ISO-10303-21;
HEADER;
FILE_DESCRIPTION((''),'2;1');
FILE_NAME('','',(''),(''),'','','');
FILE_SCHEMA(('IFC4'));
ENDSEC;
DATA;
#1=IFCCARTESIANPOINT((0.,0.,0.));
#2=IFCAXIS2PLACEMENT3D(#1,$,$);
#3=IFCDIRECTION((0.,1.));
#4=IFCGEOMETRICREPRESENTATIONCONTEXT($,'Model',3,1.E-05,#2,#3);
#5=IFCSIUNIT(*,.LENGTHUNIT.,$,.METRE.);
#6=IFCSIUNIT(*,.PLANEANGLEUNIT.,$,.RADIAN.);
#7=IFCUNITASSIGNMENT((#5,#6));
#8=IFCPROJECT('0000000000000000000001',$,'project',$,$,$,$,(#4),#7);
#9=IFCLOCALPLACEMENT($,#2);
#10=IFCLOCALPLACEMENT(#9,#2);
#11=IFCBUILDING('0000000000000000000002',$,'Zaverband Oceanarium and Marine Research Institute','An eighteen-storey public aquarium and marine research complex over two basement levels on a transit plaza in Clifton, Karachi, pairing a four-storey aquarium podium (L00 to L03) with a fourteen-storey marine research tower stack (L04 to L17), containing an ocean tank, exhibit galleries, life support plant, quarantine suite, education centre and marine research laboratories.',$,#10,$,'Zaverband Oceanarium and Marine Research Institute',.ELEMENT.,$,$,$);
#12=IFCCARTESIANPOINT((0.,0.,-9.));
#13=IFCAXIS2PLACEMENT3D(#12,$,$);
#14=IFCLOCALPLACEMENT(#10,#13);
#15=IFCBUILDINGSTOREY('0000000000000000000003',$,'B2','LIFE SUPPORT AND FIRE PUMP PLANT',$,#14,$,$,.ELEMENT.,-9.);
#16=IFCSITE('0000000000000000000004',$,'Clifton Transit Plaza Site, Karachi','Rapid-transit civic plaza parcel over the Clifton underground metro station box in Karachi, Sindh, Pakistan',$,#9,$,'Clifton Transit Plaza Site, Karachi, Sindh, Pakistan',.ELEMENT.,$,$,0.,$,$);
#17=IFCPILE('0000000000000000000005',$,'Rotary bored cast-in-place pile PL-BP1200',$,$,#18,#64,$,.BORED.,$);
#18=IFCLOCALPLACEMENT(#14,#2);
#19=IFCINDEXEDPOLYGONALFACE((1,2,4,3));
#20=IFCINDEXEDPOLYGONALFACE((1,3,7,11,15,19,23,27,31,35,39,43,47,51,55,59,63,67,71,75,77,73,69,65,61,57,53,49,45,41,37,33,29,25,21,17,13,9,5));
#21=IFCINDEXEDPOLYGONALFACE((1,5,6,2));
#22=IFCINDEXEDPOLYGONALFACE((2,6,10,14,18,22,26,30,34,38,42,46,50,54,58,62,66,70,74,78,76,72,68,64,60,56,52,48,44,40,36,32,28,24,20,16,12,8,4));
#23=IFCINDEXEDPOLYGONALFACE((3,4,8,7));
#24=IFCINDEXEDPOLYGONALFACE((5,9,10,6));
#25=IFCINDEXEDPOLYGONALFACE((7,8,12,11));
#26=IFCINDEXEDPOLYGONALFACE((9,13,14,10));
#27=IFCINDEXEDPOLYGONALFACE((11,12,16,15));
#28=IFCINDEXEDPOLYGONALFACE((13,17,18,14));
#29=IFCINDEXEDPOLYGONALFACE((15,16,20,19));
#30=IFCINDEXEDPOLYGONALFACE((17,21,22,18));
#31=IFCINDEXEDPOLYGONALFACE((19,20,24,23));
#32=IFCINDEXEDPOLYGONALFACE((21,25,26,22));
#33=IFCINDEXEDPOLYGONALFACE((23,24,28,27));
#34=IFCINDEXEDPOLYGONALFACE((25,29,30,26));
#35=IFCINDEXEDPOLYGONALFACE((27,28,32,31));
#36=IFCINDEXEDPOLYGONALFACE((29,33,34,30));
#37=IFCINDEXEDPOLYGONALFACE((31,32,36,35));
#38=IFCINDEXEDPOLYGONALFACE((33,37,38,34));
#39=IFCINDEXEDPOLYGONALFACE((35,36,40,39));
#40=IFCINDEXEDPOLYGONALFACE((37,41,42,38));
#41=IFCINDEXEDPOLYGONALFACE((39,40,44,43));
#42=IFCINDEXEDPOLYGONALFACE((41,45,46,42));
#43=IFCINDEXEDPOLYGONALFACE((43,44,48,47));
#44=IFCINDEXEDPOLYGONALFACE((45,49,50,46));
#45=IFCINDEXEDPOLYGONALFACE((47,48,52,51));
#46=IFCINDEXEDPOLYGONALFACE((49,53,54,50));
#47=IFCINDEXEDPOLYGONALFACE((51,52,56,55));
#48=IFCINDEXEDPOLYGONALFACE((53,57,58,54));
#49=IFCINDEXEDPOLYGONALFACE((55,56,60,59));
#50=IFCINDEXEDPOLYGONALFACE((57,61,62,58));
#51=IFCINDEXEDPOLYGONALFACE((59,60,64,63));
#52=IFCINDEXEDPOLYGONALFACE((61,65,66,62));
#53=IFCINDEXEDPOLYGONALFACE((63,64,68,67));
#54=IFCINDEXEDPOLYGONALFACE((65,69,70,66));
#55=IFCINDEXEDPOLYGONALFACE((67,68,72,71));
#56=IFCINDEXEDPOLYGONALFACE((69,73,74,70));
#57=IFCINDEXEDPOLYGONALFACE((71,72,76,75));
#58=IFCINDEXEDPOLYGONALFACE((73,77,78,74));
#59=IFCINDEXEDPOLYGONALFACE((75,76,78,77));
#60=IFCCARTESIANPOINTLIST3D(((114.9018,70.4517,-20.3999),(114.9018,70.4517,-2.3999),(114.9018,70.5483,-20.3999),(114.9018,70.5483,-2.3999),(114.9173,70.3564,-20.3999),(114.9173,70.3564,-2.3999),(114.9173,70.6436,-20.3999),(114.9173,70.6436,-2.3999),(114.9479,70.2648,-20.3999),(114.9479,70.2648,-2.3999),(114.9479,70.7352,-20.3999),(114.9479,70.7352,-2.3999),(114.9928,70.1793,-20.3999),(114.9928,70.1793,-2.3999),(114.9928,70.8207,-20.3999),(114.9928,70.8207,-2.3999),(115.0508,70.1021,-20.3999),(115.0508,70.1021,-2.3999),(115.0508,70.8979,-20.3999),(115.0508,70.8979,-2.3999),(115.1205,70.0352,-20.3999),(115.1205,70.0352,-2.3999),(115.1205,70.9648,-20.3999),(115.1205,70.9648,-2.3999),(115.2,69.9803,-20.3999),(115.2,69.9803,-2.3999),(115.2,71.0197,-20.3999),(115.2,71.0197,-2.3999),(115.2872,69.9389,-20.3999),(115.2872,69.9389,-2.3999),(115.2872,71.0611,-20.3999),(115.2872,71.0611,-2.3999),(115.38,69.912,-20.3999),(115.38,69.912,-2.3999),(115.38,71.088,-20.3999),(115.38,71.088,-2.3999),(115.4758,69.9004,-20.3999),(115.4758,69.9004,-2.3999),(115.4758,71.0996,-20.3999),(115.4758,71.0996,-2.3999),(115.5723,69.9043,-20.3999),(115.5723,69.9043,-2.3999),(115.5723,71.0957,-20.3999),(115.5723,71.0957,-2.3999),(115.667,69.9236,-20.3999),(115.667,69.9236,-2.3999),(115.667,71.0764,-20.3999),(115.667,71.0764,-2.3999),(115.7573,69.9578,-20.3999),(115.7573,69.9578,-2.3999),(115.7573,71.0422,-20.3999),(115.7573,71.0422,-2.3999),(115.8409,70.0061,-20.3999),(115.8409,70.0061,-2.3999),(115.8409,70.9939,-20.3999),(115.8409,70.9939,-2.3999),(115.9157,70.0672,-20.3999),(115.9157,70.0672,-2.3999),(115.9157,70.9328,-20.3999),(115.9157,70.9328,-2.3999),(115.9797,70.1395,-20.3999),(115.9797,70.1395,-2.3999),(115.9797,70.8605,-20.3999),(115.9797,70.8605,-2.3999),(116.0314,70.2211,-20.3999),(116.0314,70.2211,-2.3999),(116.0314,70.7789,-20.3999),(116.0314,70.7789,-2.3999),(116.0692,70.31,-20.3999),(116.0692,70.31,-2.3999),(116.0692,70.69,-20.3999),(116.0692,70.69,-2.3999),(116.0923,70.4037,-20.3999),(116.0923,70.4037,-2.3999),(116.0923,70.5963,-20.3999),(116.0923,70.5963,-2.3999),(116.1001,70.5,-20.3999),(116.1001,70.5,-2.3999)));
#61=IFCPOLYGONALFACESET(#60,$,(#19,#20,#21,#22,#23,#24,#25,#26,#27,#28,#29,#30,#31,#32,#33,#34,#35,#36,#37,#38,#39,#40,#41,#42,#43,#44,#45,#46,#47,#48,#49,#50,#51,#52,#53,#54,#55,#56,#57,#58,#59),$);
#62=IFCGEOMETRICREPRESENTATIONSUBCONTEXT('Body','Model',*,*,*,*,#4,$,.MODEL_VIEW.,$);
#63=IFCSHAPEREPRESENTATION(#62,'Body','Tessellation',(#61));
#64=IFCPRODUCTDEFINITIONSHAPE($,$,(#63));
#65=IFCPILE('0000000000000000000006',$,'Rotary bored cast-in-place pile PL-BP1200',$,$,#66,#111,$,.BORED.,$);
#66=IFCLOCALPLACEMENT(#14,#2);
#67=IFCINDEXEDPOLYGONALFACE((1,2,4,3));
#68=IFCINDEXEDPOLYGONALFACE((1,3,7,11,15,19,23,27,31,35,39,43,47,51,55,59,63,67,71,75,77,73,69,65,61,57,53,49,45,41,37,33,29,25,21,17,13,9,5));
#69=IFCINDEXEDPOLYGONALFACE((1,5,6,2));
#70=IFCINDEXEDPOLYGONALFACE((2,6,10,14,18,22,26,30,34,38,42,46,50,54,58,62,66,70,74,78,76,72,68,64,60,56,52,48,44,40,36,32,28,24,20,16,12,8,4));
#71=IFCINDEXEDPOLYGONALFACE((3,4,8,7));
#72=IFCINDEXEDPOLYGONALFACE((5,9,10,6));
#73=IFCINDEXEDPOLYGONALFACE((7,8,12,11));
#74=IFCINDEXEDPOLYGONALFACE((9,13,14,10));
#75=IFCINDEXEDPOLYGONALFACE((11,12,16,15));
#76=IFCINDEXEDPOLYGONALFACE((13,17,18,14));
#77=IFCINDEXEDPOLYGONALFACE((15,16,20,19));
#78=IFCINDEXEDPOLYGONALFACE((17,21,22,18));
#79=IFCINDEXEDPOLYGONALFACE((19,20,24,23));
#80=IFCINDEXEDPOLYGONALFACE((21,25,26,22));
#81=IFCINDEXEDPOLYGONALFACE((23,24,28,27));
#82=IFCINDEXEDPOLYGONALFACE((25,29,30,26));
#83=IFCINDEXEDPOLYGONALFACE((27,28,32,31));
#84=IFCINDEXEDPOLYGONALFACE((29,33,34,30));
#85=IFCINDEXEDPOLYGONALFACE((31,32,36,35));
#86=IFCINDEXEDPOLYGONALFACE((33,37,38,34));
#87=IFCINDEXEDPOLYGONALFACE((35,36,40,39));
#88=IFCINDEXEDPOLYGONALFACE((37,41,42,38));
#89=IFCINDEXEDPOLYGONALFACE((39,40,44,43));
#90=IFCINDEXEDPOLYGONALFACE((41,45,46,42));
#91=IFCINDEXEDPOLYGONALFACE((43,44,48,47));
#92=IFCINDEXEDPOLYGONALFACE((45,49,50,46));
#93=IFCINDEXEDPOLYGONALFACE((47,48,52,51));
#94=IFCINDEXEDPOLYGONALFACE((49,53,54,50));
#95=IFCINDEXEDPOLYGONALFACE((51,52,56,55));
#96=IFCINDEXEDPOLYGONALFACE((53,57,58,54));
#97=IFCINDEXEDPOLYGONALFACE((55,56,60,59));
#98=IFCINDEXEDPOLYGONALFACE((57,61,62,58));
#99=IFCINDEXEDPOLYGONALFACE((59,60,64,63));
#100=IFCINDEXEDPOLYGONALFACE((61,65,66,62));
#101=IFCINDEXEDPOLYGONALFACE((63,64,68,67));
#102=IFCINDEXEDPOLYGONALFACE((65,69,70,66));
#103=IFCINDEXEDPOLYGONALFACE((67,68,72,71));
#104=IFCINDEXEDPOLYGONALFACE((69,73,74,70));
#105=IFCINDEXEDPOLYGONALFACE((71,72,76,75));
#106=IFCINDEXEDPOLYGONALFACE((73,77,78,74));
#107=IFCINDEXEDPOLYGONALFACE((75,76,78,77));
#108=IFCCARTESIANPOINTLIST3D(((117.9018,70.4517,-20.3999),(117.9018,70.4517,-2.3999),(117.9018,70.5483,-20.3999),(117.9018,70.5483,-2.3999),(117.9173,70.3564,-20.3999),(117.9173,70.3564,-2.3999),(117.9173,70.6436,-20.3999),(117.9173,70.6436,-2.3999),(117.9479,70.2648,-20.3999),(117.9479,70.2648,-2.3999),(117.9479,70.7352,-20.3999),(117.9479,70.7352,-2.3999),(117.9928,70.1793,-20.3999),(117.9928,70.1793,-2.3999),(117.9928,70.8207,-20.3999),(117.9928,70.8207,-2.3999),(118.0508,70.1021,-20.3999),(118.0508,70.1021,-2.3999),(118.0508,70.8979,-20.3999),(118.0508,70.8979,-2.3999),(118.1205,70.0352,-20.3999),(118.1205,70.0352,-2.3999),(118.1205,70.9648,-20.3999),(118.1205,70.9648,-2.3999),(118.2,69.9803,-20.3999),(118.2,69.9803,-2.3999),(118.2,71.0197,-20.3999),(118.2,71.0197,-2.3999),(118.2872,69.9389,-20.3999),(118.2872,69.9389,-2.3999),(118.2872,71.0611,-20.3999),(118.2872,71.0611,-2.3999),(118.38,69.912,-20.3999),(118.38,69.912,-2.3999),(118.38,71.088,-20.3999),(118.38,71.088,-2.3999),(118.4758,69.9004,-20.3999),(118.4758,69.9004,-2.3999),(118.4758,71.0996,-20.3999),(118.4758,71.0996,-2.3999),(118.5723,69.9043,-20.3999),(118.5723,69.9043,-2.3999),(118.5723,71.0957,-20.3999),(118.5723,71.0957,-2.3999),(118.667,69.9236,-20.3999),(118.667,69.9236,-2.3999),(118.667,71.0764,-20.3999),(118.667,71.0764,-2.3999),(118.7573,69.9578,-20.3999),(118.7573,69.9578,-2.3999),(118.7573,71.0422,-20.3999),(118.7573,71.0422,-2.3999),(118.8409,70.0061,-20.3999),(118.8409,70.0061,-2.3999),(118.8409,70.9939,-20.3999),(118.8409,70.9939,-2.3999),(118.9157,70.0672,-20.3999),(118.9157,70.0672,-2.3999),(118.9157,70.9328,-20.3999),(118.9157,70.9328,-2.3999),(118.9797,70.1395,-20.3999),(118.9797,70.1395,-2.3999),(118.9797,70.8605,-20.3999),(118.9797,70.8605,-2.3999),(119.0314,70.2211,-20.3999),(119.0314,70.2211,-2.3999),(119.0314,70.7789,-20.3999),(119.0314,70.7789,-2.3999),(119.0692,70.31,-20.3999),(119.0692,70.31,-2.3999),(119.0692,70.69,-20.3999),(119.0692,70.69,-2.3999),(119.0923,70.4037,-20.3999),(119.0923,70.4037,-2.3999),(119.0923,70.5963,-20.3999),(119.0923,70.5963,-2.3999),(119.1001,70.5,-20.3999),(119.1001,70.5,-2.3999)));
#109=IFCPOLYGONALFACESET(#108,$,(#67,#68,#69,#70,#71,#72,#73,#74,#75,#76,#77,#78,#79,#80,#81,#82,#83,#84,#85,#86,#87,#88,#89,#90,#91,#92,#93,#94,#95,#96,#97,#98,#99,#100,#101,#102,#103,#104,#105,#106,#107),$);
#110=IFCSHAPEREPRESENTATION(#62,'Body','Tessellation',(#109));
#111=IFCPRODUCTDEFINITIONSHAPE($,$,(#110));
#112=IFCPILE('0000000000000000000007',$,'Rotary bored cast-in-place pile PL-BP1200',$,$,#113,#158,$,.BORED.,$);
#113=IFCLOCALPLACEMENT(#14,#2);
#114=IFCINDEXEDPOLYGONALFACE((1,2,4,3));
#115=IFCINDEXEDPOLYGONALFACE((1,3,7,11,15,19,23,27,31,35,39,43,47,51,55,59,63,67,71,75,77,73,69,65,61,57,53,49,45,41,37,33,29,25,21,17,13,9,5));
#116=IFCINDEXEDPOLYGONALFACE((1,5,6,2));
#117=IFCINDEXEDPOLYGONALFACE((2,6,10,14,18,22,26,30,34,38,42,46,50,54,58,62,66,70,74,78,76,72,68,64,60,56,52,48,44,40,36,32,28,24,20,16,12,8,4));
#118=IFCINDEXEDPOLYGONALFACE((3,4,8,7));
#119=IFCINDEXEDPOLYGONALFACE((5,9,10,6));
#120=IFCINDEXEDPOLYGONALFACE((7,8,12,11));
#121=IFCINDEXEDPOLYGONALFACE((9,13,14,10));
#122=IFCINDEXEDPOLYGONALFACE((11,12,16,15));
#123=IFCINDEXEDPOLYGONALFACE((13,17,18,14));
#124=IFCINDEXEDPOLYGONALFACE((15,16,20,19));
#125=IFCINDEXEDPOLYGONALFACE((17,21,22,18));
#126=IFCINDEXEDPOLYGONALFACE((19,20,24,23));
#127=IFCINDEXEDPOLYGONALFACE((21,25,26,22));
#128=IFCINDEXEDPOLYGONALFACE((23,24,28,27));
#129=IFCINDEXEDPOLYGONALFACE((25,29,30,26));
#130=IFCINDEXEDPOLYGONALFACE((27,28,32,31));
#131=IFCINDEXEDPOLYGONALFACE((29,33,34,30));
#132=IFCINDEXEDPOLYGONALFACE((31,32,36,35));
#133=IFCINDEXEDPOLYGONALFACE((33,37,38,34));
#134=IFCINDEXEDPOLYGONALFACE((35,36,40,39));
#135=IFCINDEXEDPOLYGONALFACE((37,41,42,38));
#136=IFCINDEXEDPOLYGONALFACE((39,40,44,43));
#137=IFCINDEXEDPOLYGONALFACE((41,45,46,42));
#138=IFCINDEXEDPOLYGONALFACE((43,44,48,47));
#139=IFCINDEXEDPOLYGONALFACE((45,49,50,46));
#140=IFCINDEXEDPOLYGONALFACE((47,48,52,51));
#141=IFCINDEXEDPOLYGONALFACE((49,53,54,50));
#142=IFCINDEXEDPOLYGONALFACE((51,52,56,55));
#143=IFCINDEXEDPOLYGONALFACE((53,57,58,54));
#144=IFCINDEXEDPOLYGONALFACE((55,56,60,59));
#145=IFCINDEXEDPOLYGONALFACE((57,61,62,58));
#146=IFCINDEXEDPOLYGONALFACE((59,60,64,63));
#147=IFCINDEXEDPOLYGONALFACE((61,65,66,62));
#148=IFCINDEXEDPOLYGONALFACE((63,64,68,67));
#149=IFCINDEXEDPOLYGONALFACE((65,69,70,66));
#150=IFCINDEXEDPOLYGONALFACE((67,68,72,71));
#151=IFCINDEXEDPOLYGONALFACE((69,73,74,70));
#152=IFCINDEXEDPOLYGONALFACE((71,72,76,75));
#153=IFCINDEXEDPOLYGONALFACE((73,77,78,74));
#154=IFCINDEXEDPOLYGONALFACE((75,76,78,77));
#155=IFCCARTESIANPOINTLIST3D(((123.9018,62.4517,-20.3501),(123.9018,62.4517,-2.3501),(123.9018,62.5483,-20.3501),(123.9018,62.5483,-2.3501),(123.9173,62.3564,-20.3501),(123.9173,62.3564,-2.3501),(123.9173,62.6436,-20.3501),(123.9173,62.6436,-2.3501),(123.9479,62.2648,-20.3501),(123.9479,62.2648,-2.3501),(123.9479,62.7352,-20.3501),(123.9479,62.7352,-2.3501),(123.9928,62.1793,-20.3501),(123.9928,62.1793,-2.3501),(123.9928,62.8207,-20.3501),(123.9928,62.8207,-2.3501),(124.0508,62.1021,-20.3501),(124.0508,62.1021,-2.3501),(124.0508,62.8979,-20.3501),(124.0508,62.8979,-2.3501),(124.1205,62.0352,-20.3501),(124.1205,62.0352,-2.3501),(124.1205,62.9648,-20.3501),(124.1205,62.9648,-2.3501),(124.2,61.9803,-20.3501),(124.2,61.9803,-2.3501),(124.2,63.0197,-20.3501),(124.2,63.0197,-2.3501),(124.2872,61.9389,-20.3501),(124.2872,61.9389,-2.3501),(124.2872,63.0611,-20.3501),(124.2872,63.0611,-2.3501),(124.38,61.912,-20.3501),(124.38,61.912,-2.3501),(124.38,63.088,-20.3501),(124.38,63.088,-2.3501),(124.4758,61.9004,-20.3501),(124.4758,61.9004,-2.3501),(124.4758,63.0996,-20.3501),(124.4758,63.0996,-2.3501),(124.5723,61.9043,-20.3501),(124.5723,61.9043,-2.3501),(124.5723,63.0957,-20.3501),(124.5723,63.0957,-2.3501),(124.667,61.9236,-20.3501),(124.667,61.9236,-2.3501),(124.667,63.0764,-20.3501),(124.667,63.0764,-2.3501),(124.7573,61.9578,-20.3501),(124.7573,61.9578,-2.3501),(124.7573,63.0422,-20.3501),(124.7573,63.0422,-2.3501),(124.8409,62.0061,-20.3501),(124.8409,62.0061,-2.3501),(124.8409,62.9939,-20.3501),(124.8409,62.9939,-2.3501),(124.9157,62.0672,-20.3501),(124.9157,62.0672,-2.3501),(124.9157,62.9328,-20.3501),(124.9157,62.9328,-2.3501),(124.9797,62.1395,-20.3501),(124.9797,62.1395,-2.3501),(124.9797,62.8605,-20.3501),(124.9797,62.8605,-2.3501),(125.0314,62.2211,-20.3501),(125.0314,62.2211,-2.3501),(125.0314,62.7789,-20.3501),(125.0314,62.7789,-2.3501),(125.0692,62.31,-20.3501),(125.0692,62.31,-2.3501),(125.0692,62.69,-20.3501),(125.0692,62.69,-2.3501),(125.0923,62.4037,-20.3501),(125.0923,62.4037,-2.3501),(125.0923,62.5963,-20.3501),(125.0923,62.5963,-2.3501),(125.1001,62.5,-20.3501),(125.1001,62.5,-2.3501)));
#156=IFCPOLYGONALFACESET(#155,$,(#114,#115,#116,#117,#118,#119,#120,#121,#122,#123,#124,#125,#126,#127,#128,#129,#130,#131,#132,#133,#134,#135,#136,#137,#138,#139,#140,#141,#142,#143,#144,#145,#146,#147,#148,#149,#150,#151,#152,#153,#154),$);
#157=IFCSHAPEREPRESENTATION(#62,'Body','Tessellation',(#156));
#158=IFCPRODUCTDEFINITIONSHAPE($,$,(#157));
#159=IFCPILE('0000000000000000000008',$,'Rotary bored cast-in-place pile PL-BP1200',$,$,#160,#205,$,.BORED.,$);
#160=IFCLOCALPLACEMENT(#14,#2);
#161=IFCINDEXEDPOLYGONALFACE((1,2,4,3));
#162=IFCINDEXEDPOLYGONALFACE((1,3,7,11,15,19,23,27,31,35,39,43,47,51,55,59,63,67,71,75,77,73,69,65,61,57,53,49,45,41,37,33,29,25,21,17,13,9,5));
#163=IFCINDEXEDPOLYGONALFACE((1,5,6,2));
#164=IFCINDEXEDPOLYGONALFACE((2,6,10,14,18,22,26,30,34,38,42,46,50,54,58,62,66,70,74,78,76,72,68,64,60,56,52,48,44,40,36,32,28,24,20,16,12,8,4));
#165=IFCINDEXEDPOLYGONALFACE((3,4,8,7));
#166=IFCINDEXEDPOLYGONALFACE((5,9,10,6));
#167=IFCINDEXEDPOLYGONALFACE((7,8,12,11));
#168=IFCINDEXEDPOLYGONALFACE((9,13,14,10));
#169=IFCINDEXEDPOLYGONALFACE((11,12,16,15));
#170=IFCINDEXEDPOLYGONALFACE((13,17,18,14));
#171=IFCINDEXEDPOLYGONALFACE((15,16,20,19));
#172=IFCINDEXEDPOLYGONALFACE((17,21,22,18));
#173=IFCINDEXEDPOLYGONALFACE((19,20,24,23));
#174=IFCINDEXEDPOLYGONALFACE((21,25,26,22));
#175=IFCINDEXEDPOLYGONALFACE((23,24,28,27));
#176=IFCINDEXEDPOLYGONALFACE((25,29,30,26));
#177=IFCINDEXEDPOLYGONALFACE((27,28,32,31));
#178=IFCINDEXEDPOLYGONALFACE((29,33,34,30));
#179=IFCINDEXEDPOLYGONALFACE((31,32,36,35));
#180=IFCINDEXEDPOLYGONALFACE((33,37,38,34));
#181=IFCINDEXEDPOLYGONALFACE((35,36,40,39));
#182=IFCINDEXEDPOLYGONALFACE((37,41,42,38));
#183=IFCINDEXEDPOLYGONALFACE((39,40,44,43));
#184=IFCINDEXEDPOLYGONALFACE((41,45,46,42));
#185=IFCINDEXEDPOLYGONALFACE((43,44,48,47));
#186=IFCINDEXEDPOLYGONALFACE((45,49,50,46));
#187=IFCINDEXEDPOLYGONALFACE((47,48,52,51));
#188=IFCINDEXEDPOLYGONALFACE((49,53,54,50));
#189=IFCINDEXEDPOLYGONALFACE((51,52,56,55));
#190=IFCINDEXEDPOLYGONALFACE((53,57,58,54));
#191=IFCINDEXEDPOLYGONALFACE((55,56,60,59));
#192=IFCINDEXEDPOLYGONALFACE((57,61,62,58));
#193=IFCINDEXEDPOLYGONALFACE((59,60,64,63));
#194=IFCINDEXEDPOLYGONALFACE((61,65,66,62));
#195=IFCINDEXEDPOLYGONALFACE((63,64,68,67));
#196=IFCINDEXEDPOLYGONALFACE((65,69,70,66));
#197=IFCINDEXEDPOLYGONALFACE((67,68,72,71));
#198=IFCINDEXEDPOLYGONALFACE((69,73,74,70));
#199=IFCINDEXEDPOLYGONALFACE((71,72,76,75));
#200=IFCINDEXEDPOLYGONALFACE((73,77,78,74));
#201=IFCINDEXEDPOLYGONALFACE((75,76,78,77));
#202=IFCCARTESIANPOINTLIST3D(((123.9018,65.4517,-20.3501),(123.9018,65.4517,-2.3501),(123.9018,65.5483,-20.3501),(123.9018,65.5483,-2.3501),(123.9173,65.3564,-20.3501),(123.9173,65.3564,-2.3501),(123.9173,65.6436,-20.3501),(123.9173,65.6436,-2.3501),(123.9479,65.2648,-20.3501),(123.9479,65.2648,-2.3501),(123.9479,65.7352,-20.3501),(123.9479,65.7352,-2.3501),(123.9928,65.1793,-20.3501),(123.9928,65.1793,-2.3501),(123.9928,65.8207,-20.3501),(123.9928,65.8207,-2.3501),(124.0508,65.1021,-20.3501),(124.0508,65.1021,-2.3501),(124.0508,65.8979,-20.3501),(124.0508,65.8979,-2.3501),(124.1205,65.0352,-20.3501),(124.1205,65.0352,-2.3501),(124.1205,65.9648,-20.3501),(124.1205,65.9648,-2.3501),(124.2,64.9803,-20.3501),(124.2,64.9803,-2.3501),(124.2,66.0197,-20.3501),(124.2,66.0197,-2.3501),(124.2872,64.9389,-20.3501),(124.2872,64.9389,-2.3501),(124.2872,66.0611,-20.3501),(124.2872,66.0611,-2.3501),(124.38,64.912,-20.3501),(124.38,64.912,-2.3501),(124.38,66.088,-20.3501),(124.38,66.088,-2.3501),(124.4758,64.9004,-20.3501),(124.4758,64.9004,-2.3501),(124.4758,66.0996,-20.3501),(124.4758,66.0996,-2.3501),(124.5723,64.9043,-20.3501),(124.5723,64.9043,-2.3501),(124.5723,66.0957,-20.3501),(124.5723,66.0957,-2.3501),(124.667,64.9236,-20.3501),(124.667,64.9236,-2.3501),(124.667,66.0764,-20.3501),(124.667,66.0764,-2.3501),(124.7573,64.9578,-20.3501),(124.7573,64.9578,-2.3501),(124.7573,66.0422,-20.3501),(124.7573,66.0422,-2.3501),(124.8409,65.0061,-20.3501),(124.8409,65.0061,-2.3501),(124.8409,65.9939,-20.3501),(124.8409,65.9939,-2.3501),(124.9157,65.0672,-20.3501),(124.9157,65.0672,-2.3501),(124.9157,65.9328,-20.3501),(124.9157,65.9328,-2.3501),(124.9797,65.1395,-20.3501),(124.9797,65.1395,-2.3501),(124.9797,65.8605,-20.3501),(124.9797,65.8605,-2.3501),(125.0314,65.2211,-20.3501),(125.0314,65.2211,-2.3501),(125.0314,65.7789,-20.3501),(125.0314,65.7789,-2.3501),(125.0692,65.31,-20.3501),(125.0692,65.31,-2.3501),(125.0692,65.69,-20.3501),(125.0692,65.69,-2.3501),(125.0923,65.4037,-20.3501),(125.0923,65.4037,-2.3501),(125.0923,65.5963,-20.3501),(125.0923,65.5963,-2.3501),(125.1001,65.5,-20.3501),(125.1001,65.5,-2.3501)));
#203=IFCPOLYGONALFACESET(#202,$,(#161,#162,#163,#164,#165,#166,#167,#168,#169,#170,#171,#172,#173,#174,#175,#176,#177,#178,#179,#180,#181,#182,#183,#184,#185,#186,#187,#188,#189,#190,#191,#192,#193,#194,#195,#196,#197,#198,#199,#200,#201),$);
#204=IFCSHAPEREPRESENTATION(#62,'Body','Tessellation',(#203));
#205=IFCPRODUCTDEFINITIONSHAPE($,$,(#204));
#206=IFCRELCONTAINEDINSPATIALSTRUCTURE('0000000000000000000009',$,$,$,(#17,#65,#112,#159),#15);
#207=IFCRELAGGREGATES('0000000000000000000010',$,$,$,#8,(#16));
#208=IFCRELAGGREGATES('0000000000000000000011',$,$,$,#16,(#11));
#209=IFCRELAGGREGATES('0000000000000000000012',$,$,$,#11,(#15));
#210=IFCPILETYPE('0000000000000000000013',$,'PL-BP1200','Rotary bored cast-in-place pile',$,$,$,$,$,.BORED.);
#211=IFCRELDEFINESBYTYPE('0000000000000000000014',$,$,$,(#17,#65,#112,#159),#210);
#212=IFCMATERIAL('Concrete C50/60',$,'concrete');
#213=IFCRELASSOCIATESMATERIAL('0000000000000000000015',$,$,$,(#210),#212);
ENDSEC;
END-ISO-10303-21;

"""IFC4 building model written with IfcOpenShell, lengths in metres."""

from ifc_helpers import new_model, si_unit, direction, frame, origin, origin_2d, place, context, subcontext, project, spatial, circle, extrude, material, material_profile, profile_set, type_object, element, save


model = new_model("IFC4")

# Units and contexts
model_context = context("Model", 3, precision=1e-05, world=origin(), true_north=direction((0.0, 1.0)))
body_context = subcontext(model_context, "Body", "Model", "MODEL_VIEW")
ifc_project = project(units=[si_unit("LENGTHUNIT", "METRE"), si_unit("PLANEANGLEUNIT", "RADIAN")], contexts=[model_context])

# Site, building, storey
site_placement = place(None, origin())
site = spatial("IfcSite", under=ifc_project, at=site_placement, Name="Clifton Transit Plaza Site, Karachi", Description="Rapid-transit civic plaza parcel over the Clifton underground metro station box in Karachi, Sindh, Pakistan", LongName="Clifton Transit Plaza Site, Karachi, Sindh, Pakistan", CompositionType="ELEMENT", RefElevation=0.0)
building_placement = place(site_placement, origin())
building = spatial("IfcBuilding", under=site, at=building_placement, Name="Zaverband Oceanarium and Marine Research Institute", Description="An eighteen-storey public aquarium and marine research complex over two basement levels on a transit plaza in Clifton, Karachi, pairing a four-storey aquarium podium (L00 to L03) with a fourteen-storey marine research tower stack (L04 to L17), containing an ocean tank, exhibit galleries, life support plant, quarantine suite, education centre and marine research laboratories.", LongName="Zaverband Oceanarium and Marine Research Institute", CompositionType="ELEMENT")
storey_placement = place(building_placement, frame((0.0, 0.0, -9.0)))
storey = spatial("IfcBuildingStorey", under=building, at=storey_placement, Name="B2", Description="LIFE SUPPORT AND FIRE PUMP PLANT", CompositionType="ELEMENT", Elevation=-9.0)

# Shared definitions
ifc_material_1 = material(Name="Concrete C50/60", Category="concrete")

# Piles
ifc_material_profile_1 = material_profile(ifc_material_1, circle(Radius=0.6001, at=origin_2d()), Name="BP1200")
ifc_profile_set_1 = profile_set([ifc_material_profile_1], Name="Concrete C50/60")
pile_type_1 = type_object("IfcPileType", Name="PL-BP1200", Description="Rotary bored cast-in-place pile", PredefinedType="BORED", material=ifc_profile_set_1)
for number, where, z_axis, x_axis, name in (
    (1, (115.5, 70.5, -2.3999), (0.0, 0.0, -1.0), (1.0, 0.0, 0.0), "Rotary bored cast-in-place pile PL-BP1200"),
    (2, (118.5, 70.5, -2.3999), (0.0, 0.0, -1.0), (1.0, 0.0, 0.0), "Rotary bored cast-in-place pile PL-BP1200"),
    (3, (124.5, 62.5, -2.3501), (0.0, 0.0, -1.0), (1.0, 0.0, 0.0), "Rotary bored cast-in-place pile PL-BP1200"),
    (4, (124.5, 65.5, -2.3501), (0.0, 0.0, -1.0), (1.0, 0.0, 0.0), "Rotary bored cast-in-place pile PL-BP1200"),
):
    element("IfcPile", number, at=place(storey_placement, frame(where, z_axis=z_axis, x_axis=x_axis)), inside=storey, type_object=pile_type_1, Name=name, PredefinedType="BORED", context=body_context, shape_type="SweptSolid", body=[
        extrude(circle(Radius=0.6001, at=origin_2d()), origin(), (0.0, 0.0, 1.0), 18.0),
    ])

save(model, "model.ifc")
